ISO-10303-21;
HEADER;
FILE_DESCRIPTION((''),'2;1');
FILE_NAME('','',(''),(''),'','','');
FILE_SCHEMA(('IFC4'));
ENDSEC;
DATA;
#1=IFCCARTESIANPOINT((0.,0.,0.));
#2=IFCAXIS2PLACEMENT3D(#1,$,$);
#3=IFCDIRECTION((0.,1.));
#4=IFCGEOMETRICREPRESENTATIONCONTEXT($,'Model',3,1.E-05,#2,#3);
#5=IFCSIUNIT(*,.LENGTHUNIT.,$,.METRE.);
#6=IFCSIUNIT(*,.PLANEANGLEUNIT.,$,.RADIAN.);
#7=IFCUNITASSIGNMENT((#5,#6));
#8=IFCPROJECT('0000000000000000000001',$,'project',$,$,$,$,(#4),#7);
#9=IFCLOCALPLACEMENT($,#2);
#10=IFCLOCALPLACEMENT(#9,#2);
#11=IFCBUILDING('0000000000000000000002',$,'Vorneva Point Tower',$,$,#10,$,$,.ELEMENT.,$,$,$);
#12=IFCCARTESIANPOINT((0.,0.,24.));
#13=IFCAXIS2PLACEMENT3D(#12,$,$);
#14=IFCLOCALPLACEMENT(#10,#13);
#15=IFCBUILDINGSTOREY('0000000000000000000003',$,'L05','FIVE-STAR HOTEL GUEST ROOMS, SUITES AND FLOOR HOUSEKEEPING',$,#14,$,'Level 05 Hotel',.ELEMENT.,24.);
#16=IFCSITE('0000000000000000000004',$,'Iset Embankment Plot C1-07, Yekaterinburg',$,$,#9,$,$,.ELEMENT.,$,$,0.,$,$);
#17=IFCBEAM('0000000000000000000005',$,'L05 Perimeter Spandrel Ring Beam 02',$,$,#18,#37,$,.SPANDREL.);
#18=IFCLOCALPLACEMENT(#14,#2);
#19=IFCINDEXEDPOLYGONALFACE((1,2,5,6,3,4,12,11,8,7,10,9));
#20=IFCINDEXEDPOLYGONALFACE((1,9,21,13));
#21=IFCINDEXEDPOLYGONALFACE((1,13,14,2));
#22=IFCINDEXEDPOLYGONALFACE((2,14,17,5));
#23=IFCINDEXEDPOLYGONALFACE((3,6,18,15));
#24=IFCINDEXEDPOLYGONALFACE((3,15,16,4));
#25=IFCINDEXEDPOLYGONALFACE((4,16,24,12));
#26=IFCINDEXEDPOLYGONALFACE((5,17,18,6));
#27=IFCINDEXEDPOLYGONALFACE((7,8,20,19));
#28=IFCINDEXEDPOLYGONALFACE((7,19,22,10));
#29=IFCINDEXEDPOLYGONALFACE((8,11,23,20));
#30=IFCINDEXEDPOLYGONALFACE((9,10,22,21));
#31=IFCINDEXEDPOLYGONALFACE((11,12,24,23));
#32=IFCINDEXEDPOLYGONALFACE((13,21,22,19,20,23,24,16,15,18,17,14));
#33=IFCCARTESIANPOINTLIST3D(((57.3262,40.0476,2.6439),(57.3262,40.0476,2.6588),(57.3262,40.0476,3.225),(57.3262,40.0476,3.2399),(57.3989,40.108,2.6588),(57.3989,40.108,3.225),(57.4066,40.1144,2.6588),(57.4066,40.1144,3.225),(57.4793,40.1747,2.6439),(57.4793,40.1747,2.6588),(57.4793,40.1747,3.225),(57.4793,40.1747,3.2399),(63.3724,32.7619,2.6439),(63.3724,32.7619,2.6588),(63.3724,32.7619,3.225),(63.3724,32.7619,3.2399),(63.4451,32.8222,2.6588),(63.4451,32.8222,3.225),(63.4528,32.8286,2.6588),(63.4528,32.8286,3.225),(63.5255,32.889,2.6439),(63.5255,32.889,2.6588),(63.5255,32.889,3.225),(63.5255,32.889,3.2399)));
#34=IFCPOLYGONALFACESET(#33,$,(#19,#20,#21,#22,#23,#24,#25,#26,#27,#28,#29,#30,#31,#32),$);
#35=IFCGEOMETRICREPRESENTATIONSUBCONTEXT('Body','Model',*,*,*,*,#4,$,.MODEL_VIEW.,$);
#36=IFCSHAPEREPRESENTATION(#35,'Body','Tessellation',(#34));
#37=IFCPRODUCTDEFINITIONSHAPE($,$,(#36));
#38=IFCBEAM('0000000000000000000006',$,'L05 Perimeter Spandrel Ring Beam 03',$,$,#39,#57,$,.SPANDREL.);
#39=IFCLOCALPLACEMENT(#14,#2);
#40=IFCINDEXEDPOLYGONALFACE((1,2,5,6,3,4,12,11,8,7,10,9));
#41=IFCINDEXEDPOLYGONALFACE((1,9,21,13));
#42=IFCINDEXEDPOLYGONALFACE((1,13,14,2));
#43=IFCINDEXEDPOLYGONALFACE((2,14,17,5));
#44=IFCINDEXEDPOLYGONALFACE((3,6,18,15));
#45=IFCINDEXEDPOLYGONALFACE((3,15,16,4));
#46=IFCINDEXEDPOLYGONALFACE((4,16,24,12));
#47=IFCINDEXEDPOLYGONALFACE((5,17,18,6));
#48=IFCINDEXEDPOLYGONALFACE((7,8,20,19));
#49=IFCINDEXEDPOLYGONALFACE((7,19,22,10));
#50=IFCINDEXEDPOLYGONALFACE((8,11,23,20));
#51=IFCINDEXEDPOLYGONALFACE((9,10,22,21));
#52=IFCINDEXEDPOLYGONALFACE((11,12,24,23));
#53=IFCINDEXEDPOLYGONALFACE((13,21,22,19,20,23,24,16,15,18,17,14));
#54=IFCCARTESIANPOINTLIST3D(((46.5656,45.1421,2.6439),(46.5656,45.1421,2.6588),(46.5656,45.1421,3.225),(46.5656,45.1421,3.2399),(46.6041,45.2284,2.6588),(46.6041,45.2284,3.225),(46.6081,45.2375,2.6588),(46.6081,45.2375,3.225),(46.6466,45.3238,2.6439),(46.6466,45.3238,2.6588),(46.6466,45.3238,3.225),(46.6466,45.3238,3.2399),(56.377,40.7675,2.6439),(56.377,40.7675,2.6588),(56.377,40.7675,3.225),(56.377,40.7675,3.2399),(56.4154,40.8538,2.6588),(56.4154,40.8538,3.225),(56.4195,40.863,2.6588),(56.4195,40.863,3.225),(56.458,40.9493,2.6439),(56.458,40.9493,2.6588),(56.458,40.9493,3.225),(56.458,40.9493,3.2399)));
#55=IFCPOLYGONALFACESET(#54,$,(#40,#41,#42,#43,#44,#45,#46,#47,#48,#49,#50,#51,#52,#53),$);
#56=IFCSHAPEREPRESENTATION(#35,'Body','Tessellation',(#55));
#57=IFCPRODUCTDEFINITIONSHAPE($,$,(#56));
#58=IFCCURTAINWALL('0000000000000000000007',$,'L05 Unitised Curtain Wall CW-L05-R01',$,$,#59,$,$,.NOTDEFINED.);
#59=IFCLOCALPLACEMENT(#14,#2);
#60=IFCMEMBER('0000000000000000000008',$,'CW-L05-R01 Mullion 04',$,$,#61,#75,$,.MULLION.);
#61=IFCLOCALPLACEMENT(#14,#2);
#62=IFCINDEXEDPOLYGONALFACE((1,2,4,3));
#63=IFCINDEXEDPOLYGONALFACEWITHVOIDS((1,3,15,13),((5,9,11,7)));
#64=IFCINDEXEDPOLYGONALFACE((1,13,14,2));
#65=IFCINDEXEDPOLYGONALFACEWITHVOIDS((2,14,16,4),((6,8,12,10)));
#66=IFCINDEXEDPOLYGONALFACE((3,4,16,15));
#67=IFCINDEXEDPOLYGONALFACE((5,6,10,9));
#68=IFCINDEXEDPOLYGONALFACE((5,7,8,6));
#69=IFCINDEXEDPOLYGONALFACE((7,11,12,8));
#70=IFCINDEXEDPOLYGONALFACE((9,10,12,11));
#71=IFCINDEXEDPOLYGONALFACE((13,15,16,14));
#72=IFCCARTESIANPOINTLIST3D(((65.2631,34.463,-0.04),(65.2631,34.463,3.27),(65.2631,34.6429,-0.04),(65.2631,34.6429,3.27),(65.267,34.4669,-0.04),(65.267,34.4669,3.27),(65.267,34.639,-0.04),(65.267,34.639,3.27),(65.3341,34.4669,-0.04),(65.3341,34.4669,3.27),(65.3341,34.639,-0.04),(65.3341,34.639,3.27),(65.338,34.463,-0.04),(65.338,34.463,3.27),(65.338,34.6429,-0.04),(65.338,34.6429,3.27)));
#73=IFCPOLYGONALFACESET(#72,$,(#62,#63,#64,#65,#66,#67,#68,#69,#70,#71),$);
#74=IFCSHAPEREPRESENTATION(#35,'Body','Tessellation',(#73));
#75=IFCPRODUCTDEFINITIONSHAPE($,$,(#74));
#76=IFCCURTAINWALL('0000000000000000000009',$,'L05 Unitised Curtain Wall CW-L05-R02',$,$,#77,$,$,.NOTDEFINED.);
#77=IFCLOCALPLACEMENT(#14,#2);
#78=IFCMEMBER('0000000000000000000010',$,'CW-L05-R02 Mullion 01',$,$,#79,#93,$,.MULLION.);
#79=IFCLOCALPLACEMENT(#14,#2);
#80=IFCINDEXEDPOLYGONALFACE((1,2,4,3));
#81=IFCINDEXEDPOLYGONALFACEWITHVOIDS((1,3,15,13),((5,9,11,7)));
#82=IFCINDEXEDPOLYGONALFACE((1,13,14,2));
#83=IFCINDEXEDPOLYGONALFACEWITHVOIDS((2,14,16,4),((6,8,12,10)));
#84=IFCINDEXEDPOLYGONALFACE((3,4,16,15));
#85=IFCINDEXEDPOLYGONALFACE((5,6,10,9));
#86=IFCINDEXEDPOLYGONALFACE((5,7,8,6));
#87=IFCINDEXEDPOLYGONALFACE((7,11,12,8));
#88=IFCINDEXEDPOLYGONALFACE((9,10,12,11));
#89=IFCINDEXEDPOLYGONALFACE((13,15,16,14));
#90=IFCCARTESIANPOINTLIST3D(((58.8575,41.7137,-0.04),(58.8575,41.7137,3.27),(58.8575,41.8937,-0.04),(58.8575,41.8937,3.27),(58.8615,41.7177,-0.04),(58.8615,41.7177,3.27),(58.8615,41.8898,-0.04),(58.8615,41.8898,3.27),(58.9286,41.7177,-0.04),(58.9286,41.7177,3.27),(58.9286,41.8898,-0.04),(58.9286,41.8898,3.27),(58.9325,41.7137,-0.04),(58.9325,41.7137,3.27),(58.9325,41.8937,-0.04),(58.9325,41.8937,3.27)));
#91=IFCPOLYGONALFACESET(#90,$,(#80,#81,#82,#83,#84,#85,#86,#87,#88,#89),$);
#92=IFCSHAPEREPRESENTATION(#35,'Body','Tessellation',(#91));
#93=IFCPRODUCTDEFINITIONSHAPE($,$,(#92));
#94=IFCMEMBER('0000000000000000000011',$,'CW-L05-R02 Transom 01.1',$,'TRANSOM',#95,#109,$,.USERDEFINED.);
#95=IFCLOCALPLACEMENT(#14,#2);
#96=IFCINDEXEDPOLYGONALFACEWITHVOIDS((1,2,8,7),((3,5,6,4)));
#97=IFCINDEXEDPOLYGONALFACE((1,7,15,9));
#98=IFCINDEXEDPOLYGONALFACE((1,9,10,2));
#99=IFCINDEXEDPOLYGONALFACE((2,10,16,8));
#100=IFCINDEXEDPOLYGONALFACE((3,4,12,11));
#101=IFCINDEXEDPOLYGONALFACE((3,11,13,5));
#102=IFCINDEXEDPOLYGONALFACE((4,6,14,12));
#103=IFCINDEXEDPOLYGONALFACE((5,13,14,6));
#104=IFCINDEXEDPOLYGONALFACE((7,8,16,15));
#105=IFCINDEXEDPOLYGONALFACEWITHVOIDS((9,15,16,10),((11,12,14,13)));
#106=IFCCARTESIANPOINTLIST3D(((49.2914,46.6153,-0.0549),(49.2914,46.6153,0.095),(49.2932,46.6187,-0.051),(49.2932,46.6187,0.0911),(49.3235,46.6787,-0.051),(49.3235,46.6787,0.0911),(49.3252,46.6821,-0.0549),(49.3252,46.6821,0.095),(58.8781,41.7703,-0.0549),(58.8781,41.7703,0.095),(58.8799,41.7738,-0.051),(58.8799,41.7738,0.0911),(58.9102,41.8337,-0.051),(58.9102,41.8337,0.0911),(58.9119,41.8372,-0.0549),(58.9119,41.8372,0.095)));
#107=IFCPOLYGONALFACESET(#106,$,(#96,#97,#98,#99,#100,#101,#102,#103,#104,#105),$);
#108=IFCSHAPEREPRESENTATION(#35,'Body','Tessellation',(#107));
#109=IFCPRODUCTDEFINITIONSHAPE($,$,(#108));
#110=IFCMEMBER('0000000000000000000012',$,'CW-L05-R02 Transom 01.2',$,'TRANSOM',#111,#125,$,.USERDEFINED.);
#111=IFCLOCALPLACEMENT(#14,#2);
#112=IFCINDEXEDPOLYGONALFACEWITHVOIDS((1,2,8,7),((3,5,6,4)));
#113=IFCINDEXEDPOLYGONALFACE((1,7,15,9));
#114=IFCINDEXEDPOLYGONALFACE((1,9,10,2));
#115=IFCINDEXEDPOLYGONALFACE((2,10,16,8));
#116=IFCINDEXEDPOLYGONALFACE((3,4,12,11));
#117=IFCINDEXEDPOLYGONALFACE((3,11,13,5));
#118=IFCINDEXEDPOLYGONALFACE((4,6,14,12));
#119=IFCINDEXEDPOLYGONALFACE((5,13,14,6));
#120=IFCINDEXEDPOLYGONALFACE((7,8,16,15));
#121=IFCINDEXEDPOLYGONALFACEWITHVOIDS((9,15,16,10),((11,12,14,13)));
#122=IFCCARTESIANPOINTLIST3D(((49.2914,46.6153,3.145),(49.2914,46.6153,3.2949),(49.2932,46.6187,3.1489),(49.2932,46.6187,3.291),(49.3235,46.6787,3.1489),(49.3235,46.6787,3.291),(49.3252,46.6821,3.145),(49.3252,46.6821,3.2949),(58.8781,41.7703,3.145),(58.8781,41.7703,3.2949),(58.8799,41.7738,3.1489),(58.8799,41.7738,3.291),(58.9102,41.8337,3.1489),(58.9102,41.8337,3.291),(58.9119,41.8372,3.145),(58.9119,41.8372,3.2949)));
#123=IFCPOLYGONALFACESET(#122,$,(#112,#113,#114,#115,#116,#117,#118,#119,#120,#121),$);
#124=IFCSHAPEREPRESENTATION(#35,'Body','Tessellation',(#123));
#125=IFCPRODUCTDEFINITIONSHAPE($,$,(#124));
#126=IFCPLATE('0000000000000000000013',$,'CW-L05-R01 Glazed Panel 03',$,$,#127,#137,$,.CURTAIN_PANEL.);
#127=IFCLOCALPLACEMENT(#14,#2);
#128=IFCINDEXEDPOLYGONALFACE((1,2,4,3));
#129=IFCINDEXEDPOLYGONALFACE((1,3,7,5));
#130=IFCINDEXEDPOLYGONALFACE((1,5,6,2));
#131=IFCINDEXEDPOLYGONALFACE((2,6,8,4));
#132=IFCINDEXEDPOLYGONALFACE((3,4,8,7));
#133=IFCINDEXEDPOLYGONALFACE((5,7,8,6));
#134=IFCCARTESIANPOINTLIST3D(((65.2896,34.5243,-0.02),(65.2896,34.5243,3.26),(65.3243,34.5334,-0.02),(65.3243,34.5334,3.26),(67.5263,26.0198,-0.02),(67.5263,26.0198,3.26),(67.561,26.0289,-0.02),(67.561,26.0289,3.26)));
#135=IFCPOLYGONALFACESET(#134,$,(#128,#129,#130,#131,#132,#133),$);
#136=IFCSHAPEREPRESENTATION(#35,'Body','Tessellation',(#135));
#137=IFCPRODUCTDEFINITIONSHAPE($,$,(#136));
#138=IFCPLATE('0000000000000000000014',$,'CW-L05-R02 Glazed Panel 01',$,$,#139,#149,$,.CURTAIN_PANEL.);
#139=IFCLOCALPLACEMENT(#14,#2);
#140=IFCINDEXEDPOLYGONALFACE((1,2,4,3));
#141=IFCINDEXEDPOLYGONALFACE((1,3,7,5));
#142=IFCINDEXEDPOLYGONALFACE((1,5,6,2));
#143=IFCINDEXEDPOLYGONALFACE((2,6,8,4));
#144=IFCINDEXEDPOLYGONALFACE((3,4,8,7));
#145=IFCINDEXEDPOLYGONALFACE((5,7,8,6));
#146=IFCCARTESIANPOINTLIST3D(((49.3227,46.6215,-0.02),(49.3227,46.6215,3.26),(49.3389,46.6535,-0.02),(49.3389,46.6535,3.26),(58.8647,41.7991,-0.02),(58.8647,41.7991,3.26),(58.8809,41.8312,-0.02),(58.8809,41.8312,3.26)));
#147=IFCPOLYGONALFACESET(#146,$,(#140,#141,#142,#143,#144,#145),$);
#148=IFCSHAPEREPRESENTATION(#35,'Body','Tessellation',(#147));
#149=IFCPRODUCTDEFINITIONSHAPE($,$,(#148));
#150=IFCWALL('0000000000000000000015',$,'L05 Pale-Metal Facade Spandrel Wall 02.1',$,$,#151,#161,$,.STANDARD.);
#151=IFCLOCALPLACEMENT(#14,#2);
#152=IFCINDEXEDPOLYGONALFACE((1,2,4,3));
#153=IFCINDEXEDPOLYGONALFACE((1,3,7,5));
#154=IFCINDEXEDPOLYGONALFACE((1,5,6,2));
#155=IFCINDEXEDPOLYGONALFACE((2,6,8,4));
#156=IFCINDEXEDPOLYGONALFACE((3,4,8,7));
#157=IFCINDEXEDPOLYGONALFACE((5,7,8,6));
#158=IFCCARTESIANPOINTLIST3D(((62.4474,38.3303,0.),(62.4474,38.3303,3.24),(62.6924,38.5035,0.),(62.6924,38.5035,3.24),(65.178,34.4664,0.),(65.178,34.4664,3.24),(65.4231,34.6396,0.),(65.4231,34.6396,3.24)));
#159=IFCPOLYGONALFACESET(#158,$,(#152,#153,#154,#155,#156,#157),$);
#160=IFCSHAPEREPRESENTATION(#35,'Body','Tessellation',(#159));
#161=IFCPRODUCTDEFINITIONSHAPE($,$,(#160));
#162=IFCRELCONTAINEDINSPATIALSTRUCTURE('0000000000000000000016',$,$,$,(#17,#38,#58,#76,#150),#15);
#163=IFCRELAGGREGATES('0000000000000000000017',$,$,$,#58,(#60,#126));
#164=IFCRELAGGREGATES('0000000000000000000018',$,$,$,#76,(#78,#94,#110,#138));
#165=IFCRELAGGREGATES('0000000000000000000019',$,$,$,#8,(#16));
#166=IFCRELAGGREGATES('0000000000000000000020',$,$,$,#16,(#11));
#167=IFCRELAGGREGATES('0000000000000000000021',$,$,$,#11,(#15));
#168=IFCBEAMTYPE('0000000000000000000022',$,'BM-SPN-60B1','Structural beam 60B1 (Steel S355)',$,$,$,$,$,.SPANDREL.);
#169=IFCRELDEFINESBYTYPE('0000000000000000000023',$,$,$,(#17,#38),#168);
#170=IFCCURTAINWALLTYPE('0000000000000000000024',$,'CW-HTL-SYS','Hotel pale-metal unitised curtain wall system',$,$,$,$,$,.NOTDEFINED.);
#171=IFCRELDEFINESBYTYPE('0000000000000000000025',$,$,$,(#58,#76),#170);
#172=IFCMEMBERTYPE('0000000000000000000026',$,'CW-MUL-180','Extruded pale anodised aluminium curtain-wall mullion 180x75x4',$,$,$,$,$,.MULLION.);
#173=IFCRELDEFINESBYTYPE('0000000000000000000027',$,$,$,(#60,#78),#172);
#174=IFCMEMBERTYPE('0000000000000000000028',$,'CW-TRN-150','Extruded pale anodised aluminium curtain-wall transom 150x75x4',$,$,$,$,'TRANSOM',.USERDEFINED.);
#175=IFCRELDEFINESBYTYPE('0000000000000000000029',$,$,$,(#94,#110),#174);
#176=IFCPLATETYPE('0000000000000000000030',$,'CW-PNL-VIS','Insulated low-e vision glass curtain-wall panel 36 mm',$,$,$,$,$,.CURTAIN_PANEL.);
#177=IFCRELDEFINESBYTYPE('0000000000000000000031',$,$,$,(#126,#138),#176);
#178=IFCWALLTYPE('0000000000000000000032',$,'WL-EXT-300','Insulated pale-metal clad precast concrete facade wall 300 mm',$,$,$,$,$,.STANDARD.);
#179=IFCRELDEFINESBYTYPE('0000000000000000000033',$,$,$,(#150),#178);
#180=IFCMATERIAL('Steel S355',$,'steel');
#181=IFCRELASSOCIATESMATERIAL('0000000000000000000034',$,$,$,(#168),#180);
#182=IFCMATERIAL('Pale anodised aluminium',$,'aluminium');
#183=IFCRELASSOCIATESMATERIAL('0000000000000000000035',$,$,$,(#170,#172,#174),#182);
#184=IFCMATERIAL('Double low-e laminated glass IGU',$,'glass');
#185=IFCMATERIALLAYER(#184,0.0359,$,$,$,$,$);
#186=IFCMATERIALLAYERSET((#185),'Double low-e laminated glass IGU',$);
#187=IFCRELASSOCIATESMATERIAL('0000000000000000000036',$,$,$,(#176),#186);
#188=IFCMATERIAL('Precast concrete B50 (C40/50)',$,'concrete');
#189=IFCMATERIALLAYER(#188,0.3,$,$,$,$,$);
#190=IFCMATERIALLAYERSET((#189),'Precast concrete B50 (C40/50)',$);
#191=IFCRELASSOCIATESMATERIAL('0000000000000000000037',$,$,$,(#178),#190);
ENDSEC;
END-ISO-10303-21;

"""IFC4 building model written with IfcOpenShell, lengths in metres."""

from ifc_helpers import new_model, si_unit, direction, frame, frame_2d, origin, origin_2d, place, context, subcontext, project, spatial, rectangle, hollow_rectangle, i_section, extrude, material, layer, layer_set, material_profile, profile_set, type_object, element, aggregate, save


model = new_model("IFC4")

# Units and contexts
model_context = context("Model", 3, precision=1e-05, world=origin(), true_north=direction((0.0, 1.0)))
body_context = subcontext(model_context, "Body", "Model", "MODEL_VIEW")
ifc_project = project(units=[si_unit("LENGTHUNIT", "METRE"), si_unit("PLANEANGLEUNIT", "RADIAN")], contexts=[model_context])

# Site, building, storey
site_placement = place(None, origin())
site = spatial("IfcSite", under=ifc_project, at=site_placement, Name="Iset Embankment Plot C1-07, Yekaterinburg", CompositionType="ELEMENT", RefElevation=0.0)
building_placement = place(site_placement, origin())
building = spatial("IfcBuilding", under=site, at=building_placement, Name="Vorneva Point Tower", CompositionType="ELEMENT")
storey_placement = place(building_placement, frame((0.0, 0.0, 24.0)))
storey = spatial("IfcBuildingStorey", under=building, at=storey_placement, Name="L05", Description="FIVE-STAR HOTEL GUEST ROOMS, SUITES AND FLOOR HOUSEKEEPING", LongName="Level 05 Hotel", CompositionType="ELEMENT", Elevation=24.0)

# Beams
ifc_material_1 = material(Name="Steel S355", Category="steel")
ifc_material_profile_1 = material_profile(ifc_material_1, i_section(OverallWidth=0.199, OverallDepth=0.5959, WebThickness=0.01, FlangeThickness=0.0149, at=origin_2d()), Name="60B1")
ifc_profile_set_1 = profile_set([ifc_material_profile_1], Name="Steel S355")
beam_type_1 = type_object("IfcBeamType", Name="BM-SPN-60B1", Description="Structural beam 60B1 (Steel S355)", PredefinedType="SPANDREL", material=ifc_profile_set_1)
beam_1_placement = place(storey_placement, frame((63.449, 32.8254, 2.9419), z_axis=(-0.63861, 0.76953, 0.0), x_axis=(-0.76953, -0.63861, 0.0)))
element("IfcBeam", 1, at=beam_1_placement, inside=storey, type_object=beam_type_1, Name="L05 Perimeter Spandrel Ring Beam 02", PredefinedType="SPANDREL", context=body_context, shape_type="SweptSolid", body=[
    extrude(i_section(OverallWidth=0.199, OverallDepth=0.5959, WebThickness=0.01, FlangeThickness=0.0149, at=origin_2d()), origin(), (0.0, 0.0, 1.0), 9.4678),
])
beam_2_placement = place(storey_placement, frame((56.4175, 40.8584, 2.9419), z_axis=(-0.913329, 0.407222, 0.0), x_axis=(-0.407222, -0.913329, 0.0)))
element("IfcBeam", 2, at=beam_2_placement, inside=storey, type_object=beam_type_1, Name="L05 Perimeter Spandrel Ring Beam 03", PredefinedType="SPANDREL", context=body_context, shape_type="SweptSolid", body=[
    extrude(i_section(OverallWidth=0.199, OverallDepth=0.5959, WebThickness=0.01, FlangeThickness=0.0149, at=origin_2d()), origin(), (0.0, 0.0, 1.0), 10.7424),
])

# Curtain wall, member
ifc_material_2 = material(Name="Pale anodised aluminium", Category="aluminium")
curtain_wall_type = type_object("IfcCurtainWallType", Name="CW-HTL-SYS", Description="Hotel pale-metal unitised curtain wall system", PredefinedType="NOTDEFINED", material=ifc_material_2)
curtain_wall_1_placement = place(storey_placement, origin())
curtain_wall_1 = element("IfcCurtainWall", 3, at=curtain_wall_1_placement, inside=storey, type_object=curtain_wall_type, Name="L05 Unitised Curtain Wall CW-L05-R01", PredefinedType="NOTDEFINED")
ifc_material_profile_2 = material_profile(ifc_material_2, hollow_rectangle(XDim=0.075, YDim=0.1799, WallThickness=0.0039, at=origin_2d()), Name="AL-MUL 180x75x4")
ifc_profile_set_2 = profile_set([ifc_material_profile_2], Name="Pale anodised aluminium")
member_type_1 = type_object("IfcMemberType", Name="CW-MUL-180", Description="Extruded pale anodised aluminium curtain-wall mullion 180x75x4", PredefinedType="MULLION", material=ifc_profile_set_2)
member_1_placement = place(storey_placement, frame((65.3005, 34.553, -0.04), z_axis=(0.0, 0.0, 1.0), x_axis=(1.0, 0.0, 0.0)))
member_1 = element("IfcMember", 4, at=member_1_placement, type_object=member_type_1, Name="CW-L05-R01 Mullion 04", PredefinedType="MULLION", context=body_context, shape_type="SweptSolid", body=[
    extrude(hollow_rectangle(XDim=0.075, YDim=0.1799, WallThickness=0.0039, at=origin_2d()), origin(), (0.0, 0.0, 1.0), 3.3101),
])

# Curtain wall, members
curtain_wall_2_placement = place(storey_placement, origin())
curtain_wall_2 = element("IfcCurtainWall", 5, at=curtain_wall_2_placement, inside=storey, type_object=curtain_wall_type, Name="L05 Unitised Curtain Wall CW-L05-R02", PredefinedType="NOTDEFINED")
member_2_placement = place(storey_placement, frame((58.895, 41.8037, -0.04), z_axis=(0.0, 0.0, 1.0), x_axis=(1.0, 0.0, 0.0)))
member_2 = element("IfcMember", 6, at=member_2_placement, type_object=member_type_1, Name="CW-L05-R02 Mullion 01", PredefinedType="MULLION", context=body_context, shape_type="SweptSolid", body=[
    extrude(hollow_rectangle(XDim=0.075, YDim=0.1799, WallThickness=0.0039, at=origin_2d()), origin(), (0.0, 0.0, 1.0), 3.3101),
])
ifc_material_profile_3 = material_profile(ifc_material_2, hollow_rectangle(XDim=0.075, YDim=0.1499, WallThickness=0.0039, at=origin_2d()), Name="AL-TRN 150x75x4")
ifc_profile_set_3 = profile_set([ifc_material_profile_3], Name="Pale anodised aluminium")
member_type_2 = type_object("IfcMemberType", Name="CW-TRN-150", Description="Extruded pale anodised aluminium curtain-wall transom 150x75x4", ElementType="TRANSOM", PredefinedType="USERDEFINED", material=ifc_profile_set_3)
member_3_placement = place(storey_placement, frame((58.895, 41.8037, 0.02), z_axis=(-0.892496, 0.451055, 0.0), x_axis=(-0.451055, -0.892496, 0.0)))
member_3 = element("IfcMember", 7, at=member_3_placement, type_object=member_type_2, Name="CW-L05-R02 Transom 01.1", ObjectType="TRANSOM", PredefinedType="USERDEFINED", context=body_context, shape_type="SweptSolid", body=[
    extrude(hollow_rectangle(XDim=0.075, YDim=0.1499, WallThickness=0.0039, at=origin_2d()), origin(), (0.0, 0.0, 1.0), 10.7415),
])
member_4_placement = place(storey_placement, frame((58.895, 41.8037, 3.22), z_axis=(-0.892496, 0.451055, 0.0), x_axis=(-0.451055, -0.892496, 0.0)))
member_4 = element("IfcMember", 8, at=member_4_placement, type_object=member_type_2, Name="CW-L05-R02 Transom 01.2", ObjectType="TRANSOM", PredefinedType="USERDEFINED", context=body_context, shape_type="SweptSolid", body=[
    extrude(hollow_rectangle(XDim=0.075, YDim=0.1499, WallThickness=0.0039, at=origin_2d()), origin(), (0.0, 0.0, 1.0), 10.7415),
])

# Plates
ifc_material_3 = material(Name="Double low-e laminated glass IGU", Category="glass")
ifc_layer_1 = layer(ifc_material_3, 0.0359)
ifc_layer_set_1 = layer_set([ifc_layer_1], Name="Double low-e laminated glass IGU")
plate_type = type_object("IfcPlateType", Name="CW-PNL-VIS", Description="Insulated low-e vision glass curtain-wall panel 36 mm", PredefinedType="CURTAIN_PANEL", material=ifc_layer_set_1)
plate_1_placement = place(storey_placement, frame((66.4253, 30.2766, -0.02), z_axis=(0.0, 0.0, 1.0), x_axis=(-0.254349, 0.967113, 0.0)))
plate_1 = element("IfcPlate", 9, at=plate_1_placement, type_object=plate_type, Name="CW-L05-R01 Glazed Panel 03", PredefinedType="CURTAIN_PANEL", context=body_context, shape_type="SweptSolid", body=[
    extrude(rectangle(XDim=8.7937, YDim=0.0359, at=origin_2d()), origin(), (0.0, 0.0, 1.0), 3.28),
])
aggregate(curtain_wall_1, [member_1, plate_1])
plate_2_placement = place(storey_placement, frame((54.1018, 44.2263, -0.02), z_axis=(0.0, 0.0, 1.0), x_axis=(-0.892499, 0.451049, 0.0)))
plate_2 = element("IfcPlate", 10, at=plate_2_placement, type_object=plate_type, Name="CW-L05-R02 Glazed Panel 01", PredefinedType="CURTAIN_PANEL", context=body_context, shape_type="SweptSolid", body=[
    extrude(rectangle(XDim=10.6914, YDim=0.0359, at=origin_2d()), origin(), (0.0, 0.0, 1.0), 3.28),
])
aggregate(curtain_wall_2, [member_2, member_3, member_4, plate_2])

# Wall
ifc_material_4 = material(Name="Precast concrete B50 (C40/50)", Category="concrete")
ifc_layer_2 = layer(ifc_material_4, 0.3)
ifc_layer_set_2 = layer_set([ifc_layer_2], Name="Precast concrete B50 (C40/50)")
wall_type_1 = type_object("IfcWallType", Name="WL-EXT-300", Description="Insulated pale-metal clad precast concrete facade wall 300 mm", PredefinedType="STANDARD", material=ifc_layer_set_2)
wall_1_placement = place(storey_placement, frame((65.3005, 34.553, 0.0), z_axis=(0.0, 0.0, 1.0), x_axis=(-0.577131, 0.816652, 0.0)))
element("IfcWall", 11, at=wall_1_placement, inside=storey, type_object=wall_type_1, Name="L05 Pale-Metal Facade Spandrel Wall 02.1", PredefinedType="STANDARD", context=body_context, shape_type="SweptSolid", body=[
    extrude(rectangle(XDim=4.7314, YDim=0.3, at=frame_2d((2.3657, 0.0))), origin(), (0.0, 0.0, 1.0), 3.24),
])

save(model, "model.ifc")
